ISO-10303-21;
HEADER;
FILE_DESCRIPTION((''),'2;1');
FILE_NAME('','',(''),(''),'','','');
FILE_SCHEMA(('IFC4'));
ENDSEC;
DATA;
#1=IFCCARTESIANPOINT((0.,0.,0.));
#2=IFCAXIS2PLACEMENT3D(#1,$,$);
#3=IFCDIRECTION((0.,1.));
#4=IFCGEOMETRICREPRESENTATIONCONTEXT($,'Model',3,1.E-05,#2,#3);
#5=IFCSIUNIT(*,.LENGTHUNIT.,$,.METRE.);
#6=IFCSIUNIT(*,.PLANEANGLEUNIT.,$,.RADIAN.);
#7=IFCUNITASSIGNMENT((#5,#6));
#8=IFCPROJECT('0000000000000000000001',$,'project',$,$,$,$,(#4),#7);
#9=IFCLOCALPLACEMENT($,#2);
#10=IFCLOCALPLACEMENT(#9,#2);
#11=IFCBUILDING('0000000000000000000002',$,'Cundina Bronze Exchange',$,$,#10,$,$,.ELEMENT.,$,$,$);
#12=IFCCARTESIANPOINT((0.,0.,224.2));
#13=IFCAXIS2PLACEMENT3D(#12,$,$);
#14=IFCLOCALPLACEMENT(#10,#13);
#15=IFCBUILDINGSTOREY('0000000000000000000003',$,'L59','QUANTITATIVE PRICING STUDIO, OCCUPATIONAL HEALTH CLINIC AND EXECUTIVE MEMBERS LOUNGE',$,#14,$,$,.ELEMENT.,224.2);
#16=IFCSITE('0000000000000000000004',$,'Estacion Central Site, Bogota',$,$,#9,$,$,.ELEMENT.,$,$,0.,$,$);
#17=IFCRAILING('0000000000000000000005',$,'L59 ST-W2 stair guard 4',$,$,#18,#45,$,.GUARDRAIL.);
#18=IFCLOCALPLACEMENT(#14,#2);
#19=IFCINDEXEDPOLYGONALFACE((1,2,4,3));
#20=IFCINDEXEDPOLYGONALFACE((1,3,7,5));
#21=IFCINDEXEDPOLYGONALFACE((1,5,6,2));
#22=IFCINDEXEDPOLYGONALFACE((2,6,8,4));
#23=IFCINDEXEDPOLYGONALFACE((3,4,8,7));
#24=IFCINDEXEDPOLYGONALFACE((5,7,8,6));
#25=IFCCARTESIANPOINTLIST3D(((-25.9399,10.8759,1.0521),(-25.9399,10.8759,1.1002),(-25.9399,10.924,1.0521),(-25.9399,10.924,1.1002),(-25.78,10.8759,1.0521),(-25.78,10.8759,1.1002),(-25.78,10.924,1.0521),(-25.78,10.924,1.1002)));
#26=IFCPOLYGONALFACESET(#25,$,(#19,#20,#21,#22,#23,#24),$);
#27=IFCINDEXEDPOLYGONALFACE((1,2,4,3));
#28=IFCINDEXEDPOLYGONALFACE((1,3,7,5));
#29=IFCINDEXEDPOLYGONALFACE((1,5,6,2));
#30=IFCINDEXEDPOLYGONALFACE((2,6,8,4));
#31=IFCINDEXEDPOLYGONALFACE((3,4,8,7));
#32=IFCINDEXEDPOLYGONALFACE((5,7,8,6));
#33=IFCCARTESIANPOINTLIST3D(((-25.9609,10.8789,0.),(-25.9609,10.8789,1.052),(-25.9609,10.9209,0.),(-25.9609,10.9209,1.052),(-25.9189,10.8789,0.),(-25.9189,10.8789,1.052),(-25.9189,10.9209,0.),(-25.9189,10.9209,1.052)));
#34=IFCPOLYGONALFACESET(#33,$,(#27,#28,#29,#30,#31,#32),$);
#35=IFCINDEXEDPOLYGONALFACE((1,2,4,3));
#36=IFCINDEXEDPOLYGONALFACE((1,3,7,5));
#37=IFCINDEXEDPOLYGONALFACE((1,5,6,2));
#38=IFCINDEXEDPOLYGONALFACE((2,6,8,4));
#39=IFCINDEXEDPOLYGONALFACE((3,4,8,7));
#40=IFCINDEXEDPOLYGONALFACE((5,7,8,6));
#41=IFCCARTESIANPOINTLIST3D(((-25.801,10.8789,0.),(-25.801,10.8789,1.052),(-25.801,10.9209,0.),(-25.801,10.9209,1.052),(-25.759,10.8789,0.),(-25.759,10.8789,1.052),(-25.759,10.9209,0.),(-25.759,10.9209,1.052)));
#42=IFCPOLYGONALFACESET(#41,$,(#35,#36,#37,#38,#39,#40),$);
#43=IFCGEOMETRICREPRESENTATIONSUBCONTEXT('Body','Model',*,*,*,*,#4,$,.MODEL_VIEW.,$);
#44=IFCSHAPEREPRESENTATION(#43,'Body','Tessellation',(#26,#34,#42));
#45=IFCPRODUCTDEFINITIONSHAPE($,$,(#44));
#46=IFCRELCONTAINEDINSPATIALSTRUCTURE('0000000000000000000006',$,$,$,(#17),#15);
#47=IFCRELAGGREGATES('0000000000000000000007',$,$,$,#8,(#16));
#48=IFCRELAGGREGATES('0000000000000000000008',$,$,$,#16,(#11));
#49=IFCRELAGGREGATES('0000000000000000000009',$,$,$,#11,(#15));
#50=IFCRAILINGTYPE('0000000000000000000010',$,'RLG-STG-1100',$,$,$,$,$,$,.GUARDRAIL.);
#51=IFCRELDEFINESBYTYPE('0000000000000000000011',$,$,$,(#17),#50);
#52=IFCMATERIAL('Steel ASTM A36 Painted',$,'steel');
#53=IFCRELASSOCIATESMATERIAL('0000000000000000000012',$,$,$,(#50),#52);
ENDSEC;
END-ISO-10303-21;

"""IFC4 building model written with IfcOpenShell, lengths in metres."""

from ifc_helpers import new_model, si_unit, direction, frame, origin, origin_2d, place, context, subcontext, project, spatial, rectangle, extrude, material, type_object, element, save


model = new_model("IFC4")

# Units and contexts
model_context = context("Model", 3, precision=1e-05, world=origin(), true_north=direction((0.0, 1.0)))
body_context = subcontext(model_context, "Body", "Model", "MODEL_VIEW")
ifc_project = project(units=[si_unit("LENGTHUNIT", "METRE"), si_unit("PLANEANGLEUNIT", "RADIAN")], contexts=[model_context])

# Site, building, storey
site_placement = place(None, origin())
site = spatial("IfcSite", under=ifc_project, at=site_placement, Name="Estacion Central Site, Bogota", CompositionType="ELEMENT", RefElevation=0.0)
building_placement = place(site_placement, origin())
building = spatial("IfcBuilding", under=site, at=building_placement, Name="Cundina Bronze Exchange", CompositionType="ELEMENT")
storey_placement = place(building_placement, frame((0.0, 0.0, 224.2)))
storey = spatial("IfcBuildingStorey", under=building, at=storey_placement, Name="L59", Description="QUANTITATIVE PRICING STUDIO, OCCUPATIONAL HEALTH CLINIC AND EXECUTIVE MEMBERS LOUNGE", CompositionType="ELEMENT", Elevation=224.2)

# Shared definitions
ifc_material_1 = material(Name="Steel ASTM A36 Painted", Category="steel")

# Railing
railing_type_1 = type_object("IfcRailingType", Name="RLG-STG-1100", PredefinedType="GUARDRAIL", material=ifc_material_1)
railing_1_placement = place(storey_placement, frame((-25.9399, 10.8999, 0.0)))
element("IfcRailing", 1, at=railing_1_placement, inside=storey, type_object=railing_type_1, Name="L59 ST-W2 stair guard 4", PredefinedType="GUARDRAIL", context=body_context, shape_type="SweptSolid", body=[
    extrude(rectangle(XDim=0.0481, YDim=0.0481, at=origin_2d()), frame((0.0, 0.0, 1.0762), z_axis=(1.0, 0.0, 0.0), x_axis=(0.0, 1.0, 0.0)), (0.0, 0.0, 1.0), 0.1599),
    extrude(rectangle(XDim=0.042, YDim=0.042, at=origin_2d()), origin(), (0.0, 0.0, 1.0), 1.052),
    extrude(rectangle(XDim=0.042, YDim=0.042, at=origin_2d()), frame((0.1599, 0.0, 0.0)), (0.0, 0.0, 1.0), 1.052),
])

save(model, "model.ifc")
